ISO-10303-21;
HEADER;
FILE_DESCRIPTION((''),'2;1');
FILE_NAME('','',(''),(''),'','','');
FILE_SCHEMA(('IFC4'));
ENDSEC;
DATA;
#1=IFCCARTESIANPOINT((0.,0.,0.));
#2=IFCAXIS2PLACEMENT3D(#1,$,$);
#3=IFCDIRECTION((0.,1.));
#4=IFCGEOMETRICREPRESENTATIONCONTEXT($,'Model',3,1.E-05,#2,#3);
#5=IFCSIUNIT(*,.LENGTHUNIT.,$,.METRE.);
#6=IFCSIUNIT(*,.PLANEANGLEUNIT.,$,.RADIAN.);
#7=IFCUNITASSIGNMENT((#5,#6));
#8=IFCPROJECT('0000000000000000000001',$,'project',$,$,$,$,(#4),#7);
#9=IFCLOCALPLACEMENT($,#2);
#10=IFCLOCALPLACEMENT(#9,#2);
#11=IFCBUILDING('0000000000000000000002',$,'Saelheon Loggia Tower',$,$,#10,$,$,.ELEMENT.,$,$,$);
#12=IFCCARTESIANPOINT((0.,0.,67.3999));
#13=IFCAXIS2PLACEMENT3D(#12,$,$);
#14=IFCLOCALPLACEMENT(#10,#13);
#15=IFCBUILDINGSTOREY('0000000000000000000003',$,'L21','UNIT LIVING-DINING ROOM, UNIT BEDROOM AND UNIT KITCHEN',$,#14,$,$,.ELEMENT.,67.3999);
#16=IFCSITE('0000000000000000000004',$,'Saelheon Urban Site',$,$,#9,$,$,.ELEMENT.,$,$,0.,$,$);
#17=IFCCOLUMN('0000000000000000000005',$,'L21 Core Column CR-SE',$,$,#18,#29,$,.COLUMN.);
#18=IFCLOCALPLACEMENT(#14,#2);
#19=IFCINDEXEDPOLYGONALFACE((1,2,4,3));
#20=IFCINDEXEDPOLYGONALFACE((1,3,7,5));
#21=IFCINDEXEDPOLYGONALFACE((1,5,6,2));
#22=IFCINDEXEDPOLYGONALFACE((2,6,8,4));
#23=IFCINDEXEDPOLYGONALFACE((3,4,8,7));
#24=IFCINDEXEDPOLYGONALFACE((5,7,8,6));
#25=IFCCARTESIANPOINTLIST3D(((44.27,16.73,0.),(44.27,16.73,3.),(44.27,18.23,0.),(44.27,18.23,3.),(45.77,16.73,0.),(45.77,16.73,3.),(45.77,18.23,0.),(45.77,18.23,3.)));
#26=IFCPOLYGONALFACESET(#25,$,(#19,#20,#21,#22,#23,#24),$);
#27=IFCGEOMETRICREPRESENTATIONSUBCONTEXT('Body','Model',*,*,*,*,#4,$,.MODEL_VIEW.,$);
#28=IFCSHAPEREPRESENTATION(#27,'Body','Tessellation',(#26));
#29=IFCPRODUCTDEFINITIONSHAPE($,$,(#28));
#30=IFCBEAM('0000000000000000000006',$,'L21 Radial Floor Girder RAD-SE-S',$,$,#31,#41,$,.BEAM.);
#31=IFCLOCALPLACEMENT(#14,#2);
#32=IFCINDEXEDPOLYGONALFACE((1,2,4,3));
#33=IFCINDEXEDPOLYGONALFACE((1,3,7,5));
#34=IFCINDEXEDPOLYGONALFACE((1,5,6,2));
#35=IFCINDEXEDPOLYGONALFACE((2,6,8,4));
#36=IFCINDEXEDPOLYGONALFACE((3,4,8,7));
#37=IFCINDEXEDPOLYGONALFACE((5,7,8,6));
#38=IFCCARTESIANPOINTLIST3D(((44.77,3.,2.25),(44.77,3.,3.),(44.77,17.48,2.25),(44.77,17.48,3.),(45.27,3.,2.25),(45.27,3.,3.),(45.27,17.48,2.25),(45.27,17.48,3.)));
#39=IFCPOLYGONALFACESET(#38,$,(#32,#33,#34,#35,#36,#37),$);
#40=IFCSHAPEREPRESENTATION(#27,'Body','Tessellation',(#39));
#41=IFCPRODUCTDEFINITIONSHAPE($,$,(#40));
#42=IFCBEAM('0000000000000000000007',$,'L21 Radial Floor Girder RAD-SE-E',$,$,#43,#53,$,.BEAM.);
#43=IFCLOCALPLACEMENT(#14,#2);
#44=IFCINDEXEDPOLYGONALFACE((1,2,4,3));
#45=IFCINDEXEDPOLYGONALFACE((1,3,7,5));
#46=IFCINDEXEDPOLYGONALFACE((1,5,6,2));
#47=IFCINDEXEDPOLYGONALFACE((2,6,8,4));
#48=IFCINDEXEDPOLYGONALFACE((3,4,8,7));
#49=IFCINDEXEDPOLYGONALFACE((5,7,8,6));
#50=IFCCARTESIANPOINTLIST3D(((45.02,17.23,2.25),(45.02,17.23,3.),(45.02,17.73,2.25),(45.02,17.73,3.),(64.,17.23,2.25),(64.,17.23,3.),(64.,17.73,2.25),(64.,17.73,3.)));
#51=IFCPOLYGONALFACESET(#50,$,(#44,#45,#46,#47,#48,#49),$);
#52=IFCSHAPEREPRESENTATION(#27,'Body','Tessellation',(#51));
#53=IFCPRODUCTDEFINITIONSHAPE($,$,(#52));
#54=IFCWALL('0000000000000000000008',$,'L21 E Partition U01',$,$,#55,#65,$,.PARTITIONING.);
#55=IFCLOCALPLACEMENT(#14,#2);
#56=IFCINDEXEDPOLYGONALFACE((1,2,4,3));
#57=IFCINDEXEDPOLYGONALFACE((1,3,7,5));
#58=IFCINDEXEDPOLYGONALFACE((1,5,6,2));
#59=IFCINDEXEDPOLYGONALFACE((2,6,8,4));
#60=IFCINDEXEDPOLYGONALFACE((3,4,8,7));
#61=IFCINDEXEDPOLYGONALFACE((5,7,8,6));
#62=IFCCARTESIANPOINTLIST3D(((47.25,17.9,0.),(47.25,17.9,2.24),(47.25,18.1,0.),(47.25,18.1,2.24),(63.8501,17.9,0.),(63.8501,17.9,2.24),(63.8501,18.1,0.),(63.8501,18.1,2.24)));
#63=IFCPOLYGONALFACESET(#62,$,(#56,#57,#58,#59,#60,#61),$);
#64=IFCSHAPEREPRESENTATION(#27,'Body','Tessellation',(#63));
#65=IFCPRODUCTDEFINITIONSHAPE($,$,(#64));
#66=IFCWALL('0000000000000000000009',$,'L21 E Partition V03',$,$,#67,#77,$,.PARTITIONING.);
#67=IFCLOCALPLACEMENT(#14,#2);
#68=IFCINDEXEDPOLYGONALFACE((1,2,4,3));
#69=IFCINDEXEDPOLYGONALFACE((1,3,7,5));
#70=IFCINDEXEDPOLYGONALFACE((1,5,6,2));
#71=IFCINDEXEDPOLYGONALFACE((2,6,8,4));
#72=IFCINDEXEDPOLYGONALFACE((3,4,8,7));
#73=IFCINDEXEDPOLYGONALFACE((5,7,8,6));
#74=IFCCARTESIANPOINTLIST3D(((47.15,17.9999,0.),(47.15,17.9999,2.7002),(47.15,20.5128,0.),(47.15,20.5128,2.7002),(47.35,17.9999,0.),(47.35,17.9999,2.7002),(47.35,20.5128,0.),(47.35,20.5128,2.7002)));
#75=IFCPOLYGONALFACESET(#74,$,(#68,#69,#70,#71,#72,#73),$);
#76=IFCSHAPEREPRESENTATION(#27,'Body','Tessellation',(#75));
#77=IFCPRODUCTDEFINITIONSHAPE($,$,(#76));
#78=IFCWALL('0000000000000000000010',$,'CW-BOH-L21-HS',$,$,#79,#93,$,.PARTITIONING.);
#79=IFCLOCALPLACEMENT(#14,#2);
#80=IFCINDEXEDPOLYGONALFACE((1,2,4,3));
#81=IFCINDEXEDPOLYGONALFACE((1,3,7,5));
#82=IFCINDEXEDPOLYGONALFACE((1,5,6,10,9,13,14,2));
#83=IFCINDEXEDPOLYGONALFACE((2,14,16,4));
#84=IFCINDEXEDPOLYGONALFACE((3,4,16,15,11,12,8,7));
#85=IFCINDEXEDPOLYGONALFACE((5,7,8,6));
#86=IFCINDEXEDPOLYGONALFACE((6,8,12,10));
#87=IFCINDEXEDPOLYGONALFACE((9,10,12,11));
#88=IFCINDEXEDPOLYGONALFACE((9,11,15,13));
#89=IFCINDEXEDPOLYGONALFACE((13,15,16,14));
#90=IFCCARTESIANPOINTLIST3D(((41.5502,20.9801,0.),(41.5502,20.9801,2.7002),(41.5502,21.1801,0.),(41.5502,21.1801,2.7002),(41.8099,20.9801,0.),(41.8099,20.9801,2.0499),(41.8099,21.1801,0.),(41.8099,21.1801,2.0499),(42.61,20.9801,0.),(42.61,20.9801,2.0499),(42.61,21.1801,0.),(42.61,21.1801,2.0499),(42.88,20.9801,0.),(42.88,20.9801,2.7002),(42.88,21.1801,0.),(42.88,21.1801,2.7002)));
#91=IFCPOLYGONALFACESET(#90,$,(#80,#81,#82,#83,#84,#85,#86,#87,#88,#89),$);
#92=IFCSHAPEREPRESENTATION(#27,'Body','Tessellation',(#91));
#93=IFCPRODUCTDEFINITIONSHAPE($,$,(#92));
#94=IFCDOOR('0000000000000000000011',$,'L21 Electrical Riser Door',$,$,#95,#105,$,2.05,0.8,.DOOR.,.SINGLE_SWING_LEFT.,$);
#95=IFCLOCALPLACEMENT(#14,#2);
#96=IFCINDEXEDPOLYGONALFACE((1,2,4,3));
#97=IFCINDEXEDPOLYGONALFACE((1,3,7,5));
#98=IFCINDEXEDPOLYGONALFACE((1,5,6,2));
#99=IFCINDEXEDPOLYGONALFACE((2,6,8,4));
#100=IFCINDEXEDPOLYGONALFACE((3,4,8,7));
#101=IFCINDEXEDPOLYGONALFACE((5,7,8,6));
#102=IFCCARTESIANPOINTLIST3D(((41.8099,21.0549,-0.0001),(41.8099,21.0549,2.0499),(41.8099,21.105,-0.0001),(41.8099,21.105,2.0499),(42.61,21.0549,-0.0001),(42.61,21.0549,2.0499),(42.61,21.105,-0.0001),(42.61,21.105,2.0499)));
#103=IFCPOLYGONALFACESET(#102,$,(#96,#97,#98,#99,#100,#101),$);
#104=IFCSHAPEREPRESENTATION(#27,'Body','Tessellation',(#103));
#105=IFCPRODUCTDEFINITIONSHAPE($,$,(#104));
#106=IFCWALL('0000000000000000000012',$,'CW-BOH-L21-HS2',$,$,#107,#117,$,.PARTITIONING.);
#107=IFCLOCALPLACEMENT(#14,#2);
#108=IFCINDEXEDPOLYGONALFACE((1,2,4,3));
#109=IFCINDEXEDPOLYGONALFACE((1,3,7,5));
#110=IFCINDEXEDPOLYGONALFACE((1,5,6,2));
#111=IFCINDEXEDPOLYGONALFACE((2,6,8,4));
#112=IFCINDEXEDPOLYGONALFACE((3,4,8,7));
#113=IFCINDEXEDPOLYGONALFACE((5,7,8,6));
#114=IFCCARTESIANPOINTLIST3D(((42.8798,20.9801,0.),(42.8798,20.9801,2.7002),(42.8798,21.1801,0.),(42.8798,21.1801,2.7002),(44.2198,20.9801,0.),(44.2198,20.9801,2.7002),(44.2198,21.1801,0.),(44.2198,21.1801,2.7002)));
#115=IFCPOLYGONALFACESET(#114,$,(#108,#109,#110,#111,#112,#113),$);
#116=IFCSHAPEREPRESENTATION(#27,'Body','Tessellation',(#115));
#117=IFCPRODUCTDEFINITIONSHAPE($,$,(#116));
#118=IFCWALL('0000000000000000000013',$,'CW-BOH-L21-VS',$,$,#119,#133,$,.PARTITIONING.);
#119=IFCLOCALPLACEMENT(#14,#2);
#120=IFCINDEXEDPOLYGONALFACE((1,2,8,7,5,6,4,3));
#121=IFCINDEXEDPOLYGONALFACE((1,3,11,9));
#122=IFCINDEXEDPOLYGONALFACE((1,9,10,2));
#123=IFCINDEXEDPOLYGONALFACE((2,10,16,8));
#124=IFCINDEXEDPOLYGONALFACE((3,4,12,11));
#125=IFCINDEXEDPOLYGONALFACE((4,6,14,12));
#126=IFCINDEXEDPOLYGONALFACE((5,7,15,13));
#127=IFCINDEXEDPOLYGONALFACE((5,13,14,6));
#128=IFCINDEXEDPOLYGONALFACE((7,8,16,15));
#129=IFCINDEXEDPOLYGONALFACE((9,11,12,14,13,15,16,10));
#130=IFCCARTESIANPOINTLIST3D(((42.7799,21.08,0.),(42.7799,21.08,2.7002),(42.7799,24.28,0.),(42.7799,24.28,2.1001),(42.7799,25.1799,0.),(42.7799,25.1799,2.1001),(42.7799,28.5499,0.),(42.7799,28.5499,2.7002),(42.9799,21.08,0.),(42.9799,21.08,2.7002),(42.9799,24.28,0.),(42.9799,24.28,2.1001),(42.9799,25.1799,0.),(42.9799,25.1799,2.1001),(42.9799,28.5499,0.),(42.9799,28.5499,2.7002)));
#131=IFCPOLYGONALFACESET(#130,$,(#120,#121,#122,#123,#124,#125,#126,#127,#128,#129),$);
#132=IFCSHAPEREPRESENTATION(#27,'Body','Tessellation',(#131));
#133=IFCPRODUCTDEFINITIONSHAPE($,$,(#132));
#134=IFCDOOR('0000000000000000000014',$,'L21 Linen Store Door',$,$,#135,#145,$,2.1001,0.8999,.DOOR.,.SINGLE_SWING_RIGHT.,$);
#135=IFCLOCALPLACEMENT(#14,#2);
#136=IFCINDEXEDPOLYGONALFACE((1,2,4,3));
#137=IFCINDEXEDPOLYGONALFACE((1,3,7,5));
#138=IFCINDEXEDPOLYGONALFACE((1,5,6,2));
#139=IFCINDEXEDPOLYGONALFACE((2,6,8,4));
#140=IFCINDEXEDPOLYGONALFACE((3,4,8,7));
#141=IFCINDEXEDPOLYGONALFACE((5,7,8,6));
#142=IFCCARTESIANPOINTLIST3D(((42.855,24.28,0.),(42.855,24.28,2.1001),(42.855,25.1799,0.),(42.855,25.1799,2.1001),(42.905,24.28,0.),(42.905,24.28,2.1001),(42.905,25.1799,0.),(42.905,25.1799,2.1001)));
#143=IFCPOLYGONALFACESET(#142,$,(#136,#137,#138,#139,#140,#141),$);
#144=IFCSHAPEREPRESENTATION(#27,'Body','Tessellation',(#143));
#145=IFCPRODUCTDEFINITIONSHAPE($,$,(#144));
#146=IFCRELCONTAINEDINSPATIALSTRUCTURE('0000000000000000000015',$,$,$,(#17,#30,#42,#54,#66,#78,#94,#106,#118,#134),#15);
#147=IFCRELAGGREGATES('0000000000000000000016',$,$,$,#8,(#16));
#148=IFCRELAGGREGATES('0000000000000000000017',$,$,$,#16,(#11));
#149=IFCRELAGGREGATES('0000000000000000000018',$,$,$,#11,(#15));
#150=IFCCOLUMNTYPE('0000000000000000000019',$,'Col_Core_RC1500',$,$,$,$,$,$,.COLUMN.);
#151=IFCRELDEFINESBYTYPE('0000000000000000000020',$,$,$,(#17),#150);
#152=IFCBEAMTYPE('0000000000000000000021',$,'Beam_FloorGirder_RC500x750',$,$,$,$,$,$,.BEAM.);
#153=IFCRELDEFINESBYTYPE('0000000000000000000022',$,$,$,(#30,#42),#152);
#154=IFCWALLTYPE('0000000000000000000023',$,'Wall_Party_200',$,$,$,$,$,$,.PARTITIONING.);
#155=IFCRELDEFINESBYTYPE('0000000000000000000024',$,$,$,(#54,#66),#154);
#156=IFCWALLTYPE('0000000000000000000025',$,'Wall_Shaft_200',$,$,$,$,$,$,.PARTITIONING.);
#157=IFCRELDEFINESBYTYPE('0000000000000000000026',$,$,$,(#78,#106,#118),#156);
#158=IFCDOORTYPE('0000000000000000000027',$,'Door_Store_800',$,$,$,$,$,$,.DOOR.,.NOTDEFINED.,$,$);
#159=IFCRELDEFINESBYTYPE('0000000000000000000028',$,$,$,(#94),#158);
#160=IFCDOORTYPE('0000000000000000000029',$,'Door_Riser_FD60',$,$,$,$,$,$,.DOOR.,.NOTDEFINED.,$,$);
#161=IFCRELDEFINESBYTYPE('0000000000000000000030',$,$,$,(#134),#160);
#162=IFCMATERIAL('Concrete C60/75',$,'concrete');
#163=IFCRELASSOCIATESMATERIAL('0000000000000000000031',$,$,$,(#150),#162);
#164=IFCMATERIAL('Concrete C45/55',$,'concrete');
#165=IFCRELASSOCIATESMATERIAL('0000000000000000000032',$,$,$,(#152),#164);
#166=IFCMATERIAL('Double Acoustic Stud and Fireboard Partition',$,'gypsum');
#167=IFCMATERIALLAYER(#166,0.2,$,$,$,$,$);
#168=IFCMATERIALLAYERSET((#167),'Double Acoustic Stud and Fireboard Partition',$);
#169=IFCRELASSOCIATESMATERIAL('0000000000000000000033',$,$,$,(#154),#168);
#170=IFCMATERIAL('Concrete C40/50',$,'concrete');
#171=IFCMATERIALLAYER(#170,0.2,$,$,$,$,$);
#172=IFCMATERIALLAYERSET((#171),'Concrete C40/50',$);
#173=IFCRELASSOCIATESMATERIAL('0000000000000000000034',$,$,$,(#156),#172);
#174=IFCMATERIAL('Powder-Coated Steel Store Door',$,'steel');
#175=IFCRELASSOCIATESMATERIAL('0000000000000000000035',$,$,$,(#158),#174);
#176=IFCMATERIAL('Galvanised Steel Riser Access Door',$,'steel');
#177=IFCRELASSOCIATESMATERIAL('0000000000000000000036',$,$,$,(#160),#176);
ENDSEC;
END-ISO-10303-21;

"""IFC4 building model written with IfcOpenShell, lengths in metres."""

from ifc_helpers import new_model, si_unit, direction, frame, frame_2d, origin, origin_2d, place, context, subcontext, project, spatial, rectangle, extrude, source, transform, mapped, material, layer, layer_set, material_profile, profile_set, type_object, element, fill, save


model = new_model("IFC4")

# Units and contexts
model_context = context("Model", 3, precision=1e-05, world=origin(), true_north=direction((0.0, 1.0)))
body_context = subcontext(model_context, "Body", "Model", "MODEL_VIEW")
ifc_project = project(units=[si_unit("LENGTHUNIT", "METRE"), si_unit("PLANEANGLEUNIT", "RADIAN")], contexts=[model_context])

# Site, building, storey
site_placement = place(None, origin())
site = spatial("IfcSite", under=ifc_project, at=site_placement, Name="Saelheon Urban Site", CompositionType="ELEMENT", RefElevation=0.0)
building_placement = place(site_placement, origin())
building = spatial("IfcBuilding", under=site, at=building_placement, Name="Saelheon Loggia Tower", CompositionType="ELEMENT")
storey_placement = place(building_placement, frame((0.0, 0.0, 67.3999)))
storey = spatial("IfcBuildingStorey", under=building, at=storey_placement, Name="L21", Description="UNIT LIVING-DINING ROOM, UNIT BEDROOM AND UNIT KITCHEN", CompositionType="ELEMENT", Elevation=67.3999)

# Column
ifc_material_1 = material(Name="Concrete C60/75", Category="concrete")
ifc_material_profile_1 = material_profile(ifc_material_1, rectangle(XDim=1.5, YDim=1.5, at=origin_2d()), Name="RC-1500x1500")
ifc_profile_set_1 = profile_set([ifc_material_profile_1], Name="Concrete C60/75")
column_type = type_object("IfcColumnType", Name="Col_Core_RC1500", PredefinedType="COLUMN", material=ifc_profile_set_1)
shared_shape_1 = source(origin(), body_context, "Body", "SweptSolid", [
    extrude(rectangle(XDim=1.5, YDim=1.5, at=origin_2d()), origin(), (0.0, 0.0, 1.0), 3.0),
])
column_placement = place(storey_placement, frame((45.02, 17.48, 0.0), z_axis=(0.0, 0.0, 1.0), x_axis=(1.0, 0.0, 0.0)))
element("IfcColumn", 1, at=column_placement, inside=storey, type_object=column_type, Name="L21 Core Column CR-SE", PredefinedType="COLUMN", context=body_context, shape_type="MappedRepresentation", body=[
    mapped(shared_shape_1, transform((0.0, 0.0, 0.0), scale=1.0)),
])

# Beams
ifc_material_2 = material(Name="Concrete C45/55", Category="concrete")
ifc_material_profile_2 = material_profile(ifc_material_2, rectangle(XDim=0.5, YDim=0.75, at=origin_2d()), Name="RC-500x750")
ifc_profile_set_2 = profile_set([ifc_material_profile_2], Name="Concrete C45/55")
beam_type = type_object("IfcBeamType", Name="Beam_FloorGirder_RC500x750", PredefinedType="BEAM", material=ifc_profile_set_2)
shared_shape_2 = source(origin(), body_context, "Body", "SweptSolid", [
    extrude(rectangle(XDim=0.5, YDim=0.75, at=origin_2d()), origin(), (0.0, 0.0, 1.0), 14.48),
])
beam_1_placement = place(storey_placement, frame((45.02, 17.48, 2.625), z_axis=(0.0, -1.0, 0.0), x_axis=(1.0, 0.0, 0.0)))
element("IfcBeam", 2, at=beam_1_placement, inside=storey, type_object=beam_type, Name="L21 Radial Floor Girder RAD-SE-S", PredefinedType="BEAM", context=body_context, shape_type="MappedRepresentation", body=[
    mapped(shared_shape_2, transform((0.0, 0.0, 0.0), scale=1.0)),
])
shared_shape_3 = source(origin(), body_context, "Body", "SweptSolid", [
    extrude(rectangle(XDim=0.5, YDim=0.75, at=origin_2d()), origin(), (0.0, 0.0, 1.0), 18.98),
])
beam_2_placement = place(storey_placement, frame((45.02, 17.48, 2.625), z_axis=(1.0, 0.0, 0.0), x_axis=(0.0, 1.0, 0.0)))
element("IfcBeam", 3, at=beam_2_placement, inside=storey, type_object=beam_type, Name="L21 Radial Floor Girder RAD-SE-E", PredefinedType="BEAM", context=body_context, shape_type="MappedRepresentation", body=[
    mapped(shared_shape_3, transform((0.0, 0.0, 0.0), scale=1.0)),
])

# Walls
ifc_material_3 = material(Name="Double Acoustic Stud and Fireboard Partition", Category="gypsum")
ifc_layer_1 = layer(ifc_material_3, 0.2)
ifc_layer_set_1 = layer_set([ifc_layer_1], Name="Double Acoustic Stud and Fireboard Partition")
wall_type_1 = type_object("IfcWallType", Name="Wall_Party_200", PredefinedType="PARTITIONING", material=ifc_layer_set_1)
wall_1_placement = place(storey_placement, frame((47.25, 18.0, 0.0), z_axis=(0.0, 0.0, 1.0), x_axis=(1.0, 0.0, 0.0)))
element("IfcWall", 4, at=wall_1_placement, inside=storey, type_object=wall_type_1, Name="L21 E Partition U01", PredefinedType="PARTITIONING", context=body_context, shape_type="SweptSolid", body=[
    extrude(rectangle(XDim=16.6001, YDim=0.2, at=frame_2d((8.3, 0.0))), origin(), (0.0, 0.0, 1.0), 2.24),
])
wall_2_placement = place(storey_placement, frame((47.25, 18.0, 0.0), z_axis=(0.0, 0.0, 1.0), x_axis=(0.0, 1.0, 0.0)))
element("IfcWall", 5, at=wall_2_placement, inside=storey, type_object=wall_type_1, Name="L21 E Partition V03", PredefinedType="PARTITIONING", context=body_context, shape_type="SweptSolid", body=[
    extrude(rectangle(XDim=2.5129, YDim=0.2, at=frame_2d((1.2563, 0.0))), origin(), (0.0, 0.0, 1.0), 2.7002),
])

# Wall, opening, door
ifc_material_4 = material(Name="Concrete C40/50", Category="concrete")
ifc_layer_2 = layer(ifc_material_4, 0.2)
ifc_layer_set_2 = layer_set([ifc_layer_2], Name="Concrete C40/50")
wall_type_2 = type_object("IfcWallType", Name="Wall_Shaft_200", PredefinedType="PARTITIONING", material=ifc_layer_set_2)
wall_3_placement = place(storey_placement, frame((41.55, 21.0801, 0.0), z_axis=(0.0, 0.0, 1.0), x_axis=(1.0, 0.0, 0.0)))
wall_3 = element("IfcWall", 6, at=wall_3_placement, inside=storey, type_object=wall_type_2, Name="CW-BOH-L21-HS", PredefinedType="PARTITIONING", context=body_context, shape_type="SweptSolid", body=[
    extrude(rectangle(XDim=1.3298, YDim=0.2, at=frame_2d((0.665, 0.0))), origin(), (0.0, 0.0, 1.0), 2.7002),
])
opening_1_placement = place(wall_3_placement, frame((0.26, 0.0, 0.0)))
opening_1 = element("IfcOpeningElement", 7, at=opening_1_placement, cuts=wall_3, PredefinedType="OPENING", context=body_context, shape_type="SweptSolid", body=[
    extrude(rectangle(XDim=0.8, YDim=2.05, at=frame_2d((0.3999, 1.0249))), frame((0.0, 0.1121, 0.0), z_axis=(0.0, -1.0, 0.0), x_axis=(1.0, 0.0, 0.0)), (0.0, 0.0, 1.0), 0.2239),
])
ifc_material_5 = material(Name="Powder-Coated Steel Store Door", Category="steel")
door_type_1 = type_object("IfcDoorType", Name="Door_Store_800", OperationType="NOTDEFINED", PredefinedType="DOOR", material=ifc_material_5)
shared_shape_4 = source(origin(), body_context, "Body", "SweptSolid", [
    extrude(rectangle(XDim=0.8, YDim=2.05, at=frame_2d((0.3999, 1.0249))), frame((0.0, 0.0249, 0.0), z_axis=(0.0, -1.0, 0.0), x_axis=(1.0, 0.0, 0.0)), (0.0, 0.0, 1.0), 0.05),
])
door_1_placement = place(opening_1_placement, origin())
door_1 = element("IfcDoor", 8, at=door_1_placement, inside=storey, type_object=door_type_1, Name="L21 Electrical Riser Door", OperationType="SINGLE_SWING_LEFT", OverallHeight=2.05, OverallWidth=0.8, PredefinedType="DOOR", context=body_context, shape_type="MappedRepresentation", body=[
    mapped(shared_shape_4, transform((0.0, 0.0, 0.0), scale=1.0)),
])
fill(opening_1, door_1)

# Wall
wall_4_placement = place(storey_placement, frame((42.8799, 21.0801, 0.0), z_axis=(0.0, 0.0, 1.0), x_axis=(1.0, 0.0, 0.0)))
element("IfcWall", 9, at=wall_4_placement, inside=storey, type_object=wall_type_2, Name="CW-BOH-L21-HS2", PredefinedType="PARTITIONING", context=body_context, shape_type="SweptSolid", body=[
    extrude(rectangle(XDim=1.3401, YDim=0.2, at=frame_2d((0.6699, 0.0))), origin(), (0.0, 0.0, 1.0), 2.7002),
])

# Wall, opening, door
wall_5_placement = place(storey_placement, frame((42.8799, 21.0801, 0.0), z_axis=(0.0, 0.0, 1.0), x_axis=(0.0, 1.0, 0.0)))
wall_5 = element("IfcWall", 10, at=wall_5_placement, inside=storey, type_object=wall_type_2, Name="CW-BOH-L21-VS", PredefinedType="PARTITIONING", context=body_context, shape_type="SweptSolid", body=[
    extrude(rectangle(XDim=7.47, YDim=0.2, at=frame_2d((3.7349, 0.0))), origin(), (0.0, 0.0, 1.0), 2.7002),
])
opening_2_placement = place(wall_5_placement, frame((3.2, 0.0, 0.0)))
opening_2 = element("IfcOpeningElement", 11, at=opening_2_placement, cuts=wall_5, PredefinedType="OPENING", context=body_context, shape_type="SweptSolid", body=[
    extrude(rectangle(XDim=0.8999, YDim=2.1001, at=frame_2d((0.45, 1.05))), frame((0.0, 0.1121, 0.0), z_axis=(0.0, -1.0, 0.0), x_axis=(1.0, 0.0, 0.0)), (0.0, 0.0, 1.0), 0.2239),
])
ifc_material_6 = material(Name="Galvanised Steel Riser Access Door", Category="steel")
door_type_2 = type_object("IfcDoorType", Name="Door_Riser_FD60", OperationType="NOTDEFINED", PredefinedType="DOOR", material=ifc_material_6)
shared_shape_5 = source(origin(), body_context, "Body", "SweptSolid", [
    extrude(rectangle(XDim=0.8999, YDim=2.1001, at=frame_2d((0.45, 1.05))), frame((0.0, 0.0249, 0.0), z_axis=(0.0, -1.0, 0.0), x_axis=(1.0, 0.0, 0.0)), (0.0, 0.0, 1.0), 0.05),
])
door_2_placement = place(opening_2_placement, origin())
door_2 = element("IfcDoor", 12, at=door_2_placement, inside=storey, type_object=door_type_2, Name="L21 Linen Store Door", OperationType="SINGLE_SWING_RIGHT", OverallHeight=2.1001, OverallWidth=0.8999, PredefinedType="DOOR", context=body_context, shape_type="MappedRepresentation", body=[
    mapped(shared_shape_5, transform((0.0, 0.0, 0.0), scale=1.0)),
])
fill(opening_2, door_2)

save(model, "model.ifc")
